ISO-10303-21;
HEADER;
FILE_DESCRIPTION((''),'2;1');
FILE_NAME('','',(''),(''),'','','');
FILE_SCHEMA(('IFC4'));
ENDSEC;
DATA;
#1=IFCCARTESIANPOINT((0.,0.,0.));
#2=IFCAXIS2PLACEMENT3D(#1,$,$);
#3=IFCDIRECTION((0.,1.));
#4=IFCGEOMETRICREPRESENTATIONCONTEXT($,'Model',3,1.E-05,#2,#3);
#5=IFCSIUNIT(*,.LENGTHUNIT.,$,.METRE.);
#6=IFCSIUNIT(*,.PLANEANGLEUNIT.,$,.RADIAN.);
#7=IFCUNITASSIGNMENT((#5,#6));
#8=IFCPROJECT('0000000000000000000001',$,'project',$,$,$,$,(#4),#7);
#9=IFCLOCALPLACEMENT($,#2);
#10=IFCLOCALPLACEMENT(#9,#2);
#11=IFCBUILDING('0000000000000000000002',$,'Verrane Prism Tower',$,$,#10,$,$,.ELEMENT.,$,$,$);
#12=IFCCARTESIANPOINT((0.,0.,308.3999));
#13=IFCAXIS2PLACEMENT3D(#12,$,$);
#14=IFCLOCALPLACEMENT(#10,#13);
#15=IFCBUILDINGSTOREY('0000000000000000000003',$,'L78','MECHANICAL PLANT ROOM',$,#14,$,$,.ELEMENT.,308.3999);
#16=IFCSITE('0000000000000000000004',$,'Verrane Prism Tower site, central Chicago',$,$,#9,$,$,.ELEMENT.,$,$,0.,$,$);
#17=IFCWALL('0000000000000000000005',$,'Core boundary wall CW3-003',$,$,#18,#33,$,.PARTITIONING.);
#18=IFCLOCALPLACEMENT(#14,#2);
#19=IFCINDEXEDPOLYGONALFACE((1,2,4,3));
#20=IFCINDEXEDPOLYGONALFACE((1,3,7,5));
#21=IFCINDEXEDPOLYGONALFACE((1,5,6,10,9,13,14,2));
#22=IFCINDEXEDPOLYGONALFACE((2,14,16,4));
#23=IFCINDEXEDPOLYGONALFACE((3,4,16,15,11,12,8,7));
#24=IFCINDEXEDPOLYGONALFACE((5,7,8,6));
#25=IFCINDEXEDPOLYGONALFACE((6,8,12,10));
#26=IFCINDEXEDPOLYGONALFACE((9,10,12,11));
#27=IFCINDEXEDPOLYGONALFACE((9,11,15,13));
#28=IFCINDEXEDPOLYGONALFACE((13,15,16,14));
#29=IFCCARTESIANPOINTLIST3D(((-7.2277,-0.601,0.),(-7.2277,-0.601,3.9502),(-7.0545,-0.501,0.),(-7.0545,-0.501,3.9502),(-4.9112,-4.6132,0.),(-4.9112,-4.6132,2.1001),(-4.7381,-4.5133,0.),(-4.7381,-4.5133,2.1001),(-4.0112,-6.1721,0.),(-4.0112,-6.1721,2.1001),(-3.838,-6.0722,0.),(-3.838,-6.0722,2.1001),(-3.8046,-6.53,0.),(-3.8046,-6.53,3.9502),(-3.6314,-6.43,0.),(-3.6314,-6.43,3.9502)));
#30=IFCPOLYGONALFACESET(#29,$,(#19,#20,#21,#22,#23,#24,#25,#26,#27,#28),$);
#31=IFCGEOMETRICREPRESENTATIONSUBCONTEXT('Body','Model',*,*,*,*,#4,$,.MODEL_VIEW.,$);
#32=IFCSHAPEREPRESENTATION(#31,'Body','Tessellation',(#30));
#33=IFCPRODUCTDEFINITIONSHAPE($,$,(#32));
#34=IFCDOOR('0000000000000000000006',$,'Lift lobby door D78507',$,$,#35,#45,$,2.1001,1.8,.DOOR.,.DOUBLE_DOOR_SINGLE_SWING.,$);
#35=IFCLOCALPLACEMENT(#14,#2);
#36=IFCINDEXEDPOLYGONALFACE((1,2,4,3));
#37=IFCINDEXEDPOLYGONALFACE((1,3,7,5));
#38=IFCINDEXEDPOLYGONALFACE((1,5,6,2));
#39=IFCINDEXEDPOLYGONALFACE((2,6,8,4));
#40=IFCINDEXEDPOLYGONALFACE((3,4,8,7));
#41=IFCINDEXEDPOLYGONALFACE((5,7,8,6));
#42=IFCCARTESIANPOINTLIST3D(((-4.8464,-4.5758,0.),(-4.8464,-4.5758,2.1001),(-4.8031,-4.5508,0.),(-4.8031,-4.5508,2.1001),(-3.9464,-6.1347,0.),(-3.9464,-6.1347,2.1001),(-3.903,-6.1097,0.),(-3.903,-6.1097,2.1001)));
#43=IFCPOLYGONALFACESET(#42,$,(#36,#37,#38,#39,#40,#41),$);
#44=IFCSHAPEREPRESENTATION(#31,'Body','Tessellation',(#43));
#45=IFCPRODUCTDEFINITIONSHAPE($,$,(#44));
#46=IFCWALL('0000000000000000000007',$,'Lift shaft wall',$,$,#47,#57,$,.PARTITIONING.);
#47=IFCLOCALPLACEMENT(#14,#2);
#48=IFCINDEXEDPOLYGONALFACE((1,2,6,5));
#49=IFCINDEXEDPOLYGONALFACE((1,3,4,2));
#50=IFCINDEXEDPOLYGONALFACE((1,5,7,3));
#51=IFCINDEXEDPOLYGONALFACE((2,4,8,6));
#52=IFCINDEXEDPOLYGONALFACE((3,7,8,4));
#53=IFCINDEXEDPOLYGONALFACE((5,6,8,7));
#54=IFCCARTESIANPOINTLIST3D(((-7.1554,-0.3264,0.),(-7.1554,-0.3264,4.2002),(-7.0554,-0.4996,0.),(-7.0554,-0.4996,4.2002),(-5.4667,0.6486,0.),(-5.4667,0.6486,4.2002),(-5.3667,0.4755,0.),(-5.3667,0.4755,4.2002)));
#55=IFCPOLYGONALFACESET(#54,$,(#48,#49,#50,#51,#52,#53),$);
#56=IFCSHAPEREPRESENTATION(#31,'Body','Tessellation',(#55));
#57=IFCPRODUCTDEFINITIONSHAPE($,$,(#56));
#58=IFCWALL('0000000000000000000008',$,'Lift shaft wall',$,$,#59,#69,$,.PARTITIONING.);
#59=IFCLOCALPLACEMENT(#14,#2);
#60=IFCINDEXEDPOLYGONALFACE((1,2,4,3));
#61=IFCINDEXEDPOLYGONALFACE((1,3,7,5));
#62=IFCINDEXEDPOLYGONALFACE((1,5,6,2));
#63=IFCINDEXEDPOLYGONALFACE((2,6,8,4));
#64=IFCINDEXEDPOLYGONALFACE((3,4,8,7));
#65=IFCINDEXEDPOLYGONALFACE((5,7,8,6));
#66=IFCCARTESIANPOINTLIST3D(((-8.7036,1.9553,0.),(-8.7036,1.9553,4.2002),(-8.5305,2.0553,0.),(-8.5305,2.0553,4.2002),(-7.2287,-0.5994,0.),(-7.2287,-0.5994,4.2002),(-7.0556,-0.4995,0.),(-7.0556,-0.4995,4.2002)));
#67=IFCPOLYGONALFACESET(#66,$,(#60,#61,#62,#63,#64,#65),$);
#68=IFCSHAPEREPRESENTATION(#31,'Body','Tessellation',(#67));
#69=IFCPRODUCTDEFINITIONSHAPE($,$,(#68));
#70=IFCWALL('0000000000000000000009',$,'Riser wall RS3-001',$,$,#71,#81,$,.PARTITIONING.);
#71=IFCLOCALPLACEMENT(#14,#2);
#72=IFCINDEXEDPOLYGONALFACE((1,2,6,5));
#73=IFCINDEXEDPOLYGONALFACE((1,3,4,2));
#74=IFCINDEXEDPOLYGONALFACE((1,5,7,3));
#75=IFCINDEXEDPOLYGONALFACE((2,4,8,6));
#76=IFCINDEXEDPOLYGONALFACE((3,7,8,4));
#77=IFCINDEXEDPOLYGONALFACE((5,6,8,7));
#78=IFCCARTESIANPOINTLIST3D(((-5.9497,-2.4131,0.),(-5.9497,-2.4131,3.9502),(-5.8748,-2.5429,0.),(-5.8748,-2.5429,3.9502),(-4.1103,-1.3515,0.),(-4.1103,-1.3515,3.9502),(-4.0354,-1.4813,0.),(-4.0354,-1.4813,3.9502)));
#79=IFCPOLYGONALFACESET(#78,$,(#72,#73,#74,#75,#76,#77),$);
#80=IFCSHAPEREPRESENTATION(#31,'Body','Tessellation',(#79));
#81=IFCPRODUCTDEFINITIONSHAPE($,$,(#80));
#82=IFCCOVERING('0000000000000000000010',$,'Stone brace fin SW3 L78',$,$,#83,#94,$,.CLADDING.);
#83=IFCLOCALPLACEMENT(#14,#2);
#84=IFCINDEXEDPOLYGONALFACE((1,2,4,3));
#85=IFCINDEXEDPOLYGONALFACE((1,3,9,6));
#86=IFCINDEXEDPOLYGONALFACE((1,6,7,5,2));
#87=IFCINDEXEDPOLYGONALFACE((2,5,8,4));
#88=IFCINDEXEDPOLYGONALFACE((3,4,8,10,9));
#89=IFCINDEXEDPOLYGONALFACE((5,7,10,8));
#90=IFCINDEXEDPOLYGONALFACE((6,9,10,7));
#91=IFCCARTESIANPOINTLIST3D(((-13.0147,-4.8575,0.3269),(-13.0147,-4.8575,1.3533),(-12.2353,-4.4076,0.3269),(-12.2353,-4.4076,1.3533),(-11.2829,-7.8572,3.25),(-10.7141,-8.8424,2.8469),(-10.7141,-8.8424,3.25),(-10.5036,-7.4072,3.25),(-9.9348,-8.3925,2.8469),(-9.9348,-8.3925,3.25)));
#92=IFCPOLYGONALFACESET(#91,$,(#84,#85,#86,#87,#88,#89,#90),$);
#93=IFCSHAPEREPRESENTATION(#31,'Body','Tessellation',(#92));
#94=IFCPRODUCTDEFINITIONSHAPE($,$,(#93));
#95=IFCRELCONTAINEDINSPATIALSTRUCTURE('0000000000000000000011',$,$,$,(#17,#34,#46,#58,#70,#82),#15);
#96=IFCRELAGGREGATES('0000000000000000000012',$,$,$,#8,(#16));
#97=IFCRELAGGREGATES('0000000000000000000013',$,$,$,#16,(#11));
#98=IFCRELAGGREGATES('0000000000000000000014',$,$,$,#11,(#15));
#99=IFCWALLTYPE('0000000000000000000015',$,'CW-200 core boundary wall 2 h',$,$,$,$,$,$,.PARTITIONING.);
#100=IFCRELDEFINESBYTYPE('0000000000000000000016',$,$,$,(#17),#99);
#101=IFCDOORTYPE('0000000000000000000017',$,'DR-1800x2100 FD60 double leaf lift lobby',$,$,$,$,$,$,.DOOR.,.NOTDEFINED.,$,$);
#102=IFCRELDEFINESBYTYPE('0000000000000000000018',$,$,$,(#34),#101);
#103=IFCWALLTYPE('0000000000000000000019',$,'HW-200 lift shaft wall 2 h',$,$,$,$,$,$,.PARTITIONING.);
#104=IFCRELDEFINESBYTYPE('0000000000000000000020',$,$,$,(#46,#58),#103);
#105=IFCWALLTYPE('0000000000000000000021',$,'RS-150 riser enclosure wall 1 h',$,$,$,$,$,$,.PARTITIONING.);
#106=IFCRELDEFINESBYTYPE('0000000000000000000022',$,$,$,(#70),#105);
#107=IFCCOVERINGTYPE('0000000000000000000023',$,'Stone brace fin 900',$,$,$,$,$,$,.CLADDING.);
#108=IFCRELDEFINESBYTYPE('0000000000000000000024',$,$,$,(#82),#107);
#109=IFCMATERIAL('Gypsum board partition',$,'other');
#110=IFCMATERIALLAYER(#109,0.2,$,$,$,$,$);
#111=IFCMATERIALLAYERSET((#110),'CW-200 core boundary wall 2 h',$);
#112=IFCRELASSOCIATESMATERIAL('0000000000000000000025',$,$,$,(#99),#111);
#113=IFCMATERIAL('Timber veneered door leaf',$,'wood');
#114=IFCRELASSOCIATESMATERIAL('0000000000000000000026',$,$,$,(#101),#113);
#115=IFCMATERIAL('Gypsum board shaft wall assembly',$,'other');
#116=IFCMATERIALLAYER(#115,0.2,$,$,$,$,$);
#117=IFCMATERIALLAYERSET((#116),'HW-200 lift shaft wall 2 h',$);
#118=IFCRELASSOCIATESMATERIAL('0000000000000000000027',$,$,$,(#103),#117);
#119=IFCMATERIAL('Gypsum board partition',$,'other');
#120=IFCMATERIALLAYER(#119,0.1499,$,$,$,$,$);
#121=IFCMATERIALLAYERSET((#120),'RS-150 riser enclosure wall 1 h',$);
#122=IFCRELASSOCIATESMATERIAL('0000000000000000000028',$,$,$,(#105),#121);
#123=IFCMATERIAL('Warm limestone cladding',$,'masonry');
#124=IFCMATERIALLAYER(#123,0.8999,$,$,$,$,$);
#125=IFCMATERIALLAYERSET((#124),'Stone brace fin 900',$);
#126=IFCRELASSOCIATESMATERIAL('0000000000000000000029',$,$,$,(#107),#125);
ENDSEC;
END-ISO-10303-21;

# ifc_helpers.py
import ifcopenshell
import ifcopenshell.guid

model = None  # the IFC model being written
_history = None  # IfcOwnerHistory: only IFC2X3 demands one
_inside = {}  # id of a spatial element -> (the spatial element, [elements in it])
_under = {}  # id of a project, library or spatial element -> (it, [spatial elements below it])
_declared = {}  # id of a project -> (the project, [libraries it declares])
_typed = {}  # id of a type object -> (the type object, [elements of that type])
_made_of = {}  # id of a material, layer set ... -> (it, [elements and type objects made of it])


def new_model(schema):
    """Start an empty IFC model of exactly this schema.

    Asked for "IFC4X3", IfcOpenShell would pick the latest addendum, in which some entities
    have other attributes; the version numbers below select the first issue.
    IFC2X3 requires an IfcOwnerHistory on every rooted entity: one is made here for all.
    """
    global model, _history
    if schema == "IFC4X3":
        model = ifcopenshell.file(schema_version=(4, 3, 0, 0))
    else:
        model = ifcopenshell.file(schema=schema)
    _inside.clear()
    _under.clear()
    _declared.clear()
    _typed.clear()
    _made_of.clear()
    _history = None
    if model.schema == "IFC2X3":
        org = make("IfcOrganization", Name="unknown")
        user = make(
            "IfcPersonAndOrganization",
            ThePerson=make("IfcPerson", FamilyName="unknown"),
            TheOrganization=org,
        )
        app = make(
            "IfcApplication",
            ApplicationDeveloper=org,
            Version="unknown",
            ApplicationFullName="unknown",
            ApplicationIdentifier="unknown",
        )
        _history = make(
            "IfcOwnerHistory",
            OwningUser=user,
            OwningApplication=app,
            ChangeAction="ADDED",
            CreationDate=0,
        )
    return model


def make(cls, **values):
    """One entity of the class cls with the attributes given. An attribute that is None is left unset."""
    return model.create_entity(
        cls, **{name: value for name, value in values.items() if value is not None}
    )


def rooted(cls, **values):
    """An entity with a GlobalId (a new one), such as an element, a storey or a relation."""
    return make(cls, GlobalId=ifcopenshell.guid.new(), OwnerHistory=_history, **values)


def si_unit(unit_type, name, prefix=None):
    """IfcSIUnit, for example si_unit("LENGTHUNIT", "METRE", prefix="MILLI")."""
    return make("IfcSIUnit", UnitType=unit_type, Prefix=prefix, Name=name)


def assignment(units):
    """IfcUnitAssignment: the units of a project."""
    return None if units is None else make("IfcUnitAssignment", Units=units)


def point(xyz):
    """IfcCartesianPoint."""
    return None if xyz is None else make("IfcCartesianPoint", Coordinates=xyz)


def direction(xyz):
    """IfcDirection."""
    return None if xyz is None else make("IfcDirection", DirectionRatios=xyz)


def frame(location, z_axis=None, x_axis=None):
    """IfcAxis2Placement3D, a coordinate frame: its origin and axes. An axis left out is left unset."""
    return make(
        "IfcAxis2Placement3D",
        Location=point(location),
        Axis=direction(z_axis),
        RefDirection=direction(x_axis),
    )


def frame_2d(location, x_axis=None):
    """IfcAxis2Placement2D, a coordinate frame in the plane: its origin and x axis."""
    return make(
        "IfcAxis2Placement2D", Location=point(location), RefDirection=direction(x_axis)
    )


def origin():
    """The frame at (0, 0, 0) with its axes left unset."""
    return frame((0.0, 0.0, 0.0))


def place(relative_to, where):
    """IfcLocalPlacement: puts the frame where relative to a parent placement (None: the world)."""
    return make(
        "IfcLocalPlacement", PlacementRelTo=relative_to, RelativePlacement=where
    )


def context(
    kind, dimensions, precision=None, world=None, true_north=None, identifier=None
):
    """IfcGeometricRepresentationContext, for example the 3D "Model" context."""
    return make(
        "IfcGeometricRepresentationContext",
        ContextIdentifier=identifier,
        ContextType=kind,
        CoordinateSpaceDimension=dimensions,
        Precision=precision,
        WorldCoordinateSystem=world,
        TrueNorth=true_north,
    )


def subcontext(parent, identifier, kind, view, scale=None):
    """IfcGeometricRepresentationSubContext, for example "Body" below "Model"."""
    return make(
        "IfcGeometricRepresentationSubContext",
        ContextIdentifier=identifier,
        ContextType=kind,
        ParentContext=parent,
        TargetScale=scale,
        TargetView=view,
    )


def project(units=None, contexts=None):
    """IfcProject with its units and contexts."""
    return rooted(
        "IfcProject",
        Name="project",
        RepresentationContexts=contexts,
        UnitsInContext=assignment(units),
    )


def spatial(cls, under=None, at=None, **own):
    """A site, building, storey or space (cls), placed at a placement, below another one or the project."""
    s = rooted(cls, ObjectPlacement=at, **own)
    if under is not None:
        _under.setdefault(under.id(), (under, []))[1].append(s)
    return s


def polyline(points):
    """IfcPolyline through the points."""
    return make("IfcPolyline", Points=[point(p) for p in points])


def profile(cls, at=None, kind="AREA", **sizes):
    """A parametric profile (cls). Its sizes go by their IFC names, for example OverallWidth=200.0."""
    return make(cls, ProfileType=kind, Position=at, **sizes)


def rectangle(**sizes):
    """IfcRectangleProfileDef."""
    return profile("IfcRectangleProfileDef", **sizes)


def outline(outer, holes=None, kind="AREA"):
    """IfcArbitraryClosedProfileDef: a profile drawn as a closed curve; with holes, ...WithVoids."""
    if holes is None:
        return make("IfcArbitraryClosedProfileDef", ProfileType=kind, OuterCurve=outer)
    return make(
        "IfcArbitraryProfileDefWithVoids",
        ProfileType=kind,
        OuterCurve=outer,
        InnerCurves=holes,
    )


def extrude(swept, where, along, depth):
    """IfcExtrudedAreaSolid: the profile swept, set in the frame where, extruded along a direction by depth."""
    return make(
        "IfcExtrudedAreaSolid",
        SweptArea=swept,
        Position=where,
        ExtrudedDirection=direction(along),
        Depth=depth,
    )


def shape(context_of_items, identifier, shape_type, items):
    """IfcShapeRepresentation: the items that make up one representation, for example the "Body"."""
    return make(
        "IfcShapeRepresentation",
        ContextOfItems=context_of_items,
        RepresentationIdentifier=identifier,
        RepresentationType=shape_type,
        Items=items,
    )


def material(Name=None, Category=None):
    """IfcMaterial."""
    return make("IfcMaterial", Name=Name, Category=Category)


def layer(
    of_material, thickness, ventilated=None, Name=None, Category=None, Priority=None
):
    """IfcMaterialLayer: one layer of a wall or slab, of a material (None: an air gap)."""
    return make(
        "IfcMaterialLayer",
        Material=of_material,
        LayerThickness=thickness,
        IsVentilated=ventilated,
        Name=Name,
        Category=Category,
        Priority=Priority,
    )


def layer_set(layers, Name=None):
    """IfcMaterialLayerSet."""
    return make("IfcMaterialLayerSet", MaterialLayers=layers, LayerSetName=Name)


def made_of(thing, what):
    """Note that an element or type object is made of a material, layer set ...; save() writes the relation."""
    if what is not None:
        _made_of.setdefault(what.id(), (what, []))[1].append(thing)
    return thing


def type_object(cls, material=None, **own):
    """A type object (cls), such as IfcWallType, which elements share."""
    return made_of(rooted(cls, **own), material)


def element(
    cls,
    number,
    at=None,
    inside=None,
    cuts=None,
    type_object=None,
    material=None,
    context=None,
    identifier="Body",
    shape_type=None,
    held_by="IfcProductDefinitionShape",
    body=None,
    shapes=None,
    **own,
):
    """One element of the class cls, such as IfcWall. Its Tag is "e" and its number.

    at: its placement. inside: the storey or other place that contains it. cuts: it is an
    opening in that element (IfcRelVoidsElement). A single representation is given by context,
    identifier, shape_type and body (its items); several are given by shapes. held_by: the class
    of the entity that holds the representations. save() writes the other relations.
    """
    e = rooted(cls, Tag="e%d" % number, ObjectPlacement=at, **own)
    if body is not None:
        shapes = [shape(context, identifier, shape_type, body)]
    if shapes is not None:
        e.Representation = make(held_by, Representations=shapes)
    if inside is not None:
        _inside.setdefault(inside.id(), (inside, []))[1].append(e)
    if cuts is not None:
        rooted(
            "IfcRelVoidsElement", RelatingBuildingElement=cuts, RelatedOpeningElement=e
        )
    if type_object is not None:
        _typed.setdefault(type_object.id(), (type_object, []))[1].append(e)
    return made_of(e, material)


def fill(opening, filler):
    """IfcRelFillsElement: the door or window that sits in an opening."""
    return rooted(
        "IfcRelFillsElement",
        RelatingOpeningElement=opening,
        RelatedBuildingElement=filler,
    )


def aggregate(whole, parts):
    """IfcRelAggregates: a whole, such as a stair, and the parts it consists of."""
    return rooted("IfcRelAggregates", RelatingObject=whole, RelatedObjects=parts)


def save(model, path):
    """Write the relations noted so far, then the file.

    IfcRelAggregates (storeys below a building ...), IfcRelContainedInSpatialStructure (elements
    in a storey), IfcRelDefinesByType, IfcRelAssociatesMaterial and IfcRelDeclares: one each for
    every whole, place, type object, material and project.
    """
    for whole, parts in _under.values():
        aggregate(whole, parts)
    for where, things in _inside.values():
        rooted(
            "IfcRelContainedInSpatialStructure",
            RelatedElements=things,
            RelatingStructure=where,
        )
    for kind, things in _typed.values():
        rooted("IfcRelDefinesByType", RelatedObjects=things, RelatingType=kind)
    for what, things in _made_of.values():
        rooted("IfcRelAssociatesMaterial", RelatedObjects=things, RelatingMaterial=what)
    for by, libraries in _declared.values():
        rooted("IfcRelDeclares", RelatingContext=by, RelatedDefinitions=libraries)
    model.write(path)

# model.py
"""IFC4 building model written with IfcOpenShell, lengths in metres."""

from ifc_helpers import new_model, si_unit, direction, frame, frame_2d, origin, place, context, subcontext, project, spatial, polyline, rectangle, outline, extrude, material, layer, layer_set, type_object, element, fill, save


model = new_model("IFC4")

# Units and contexts
model_context = context("Model", 3, precision=1e-05, world=origin(), true_north=direction((0.0, 1.0)))
body_context = subcontext(model_context, "Body", "Model", "MODEL_VIEW")
ifc_project = project(units=[si_unit("LENGTHUNIT", "METRE"), si_unit("PLANEANGLEUNIT", "RADIAN")], contexts=[model_context])

# Site, building, storey
site_placement = place(None, origin())
site = spatial("IfcSite", under=ifc_project, at=site_placement, Name="Verrane Prism Tower site, central Chicago", CompositionType="ELEMENT", RefElevation=0.0)
building_placement = place(site_placement, origin())
building = spatial("IfcBuilding", under=site, at=building_placement, Name="Verrane Prism Tower", CompositionType="ELEMENT")
storey_placement = place(building_placement, frame((0.0, 0.0, 308.3999)))
storey = spatial("IfcBuildingStorey", under=building, at=storey_placement, Name="L78", Description="MECHANICAL PLANT ROOM", CompositionType="ELEMENT", Elevation=308.3999)

# Wall, opening, door
ifc_material_1 = material(Name="Gypsum board partition", Category="other")
ifc_layer_1 = layer(ifc_material_1, 0.2)
ifc_layer_set_1 = layer_set([ifc_layer_1], Name="CW-200 core boundary wall 2 h")
wall_type_1 = type_object("IfcWallType", Name="CW-200 core boundary wall 2 h", PredefinedType="PARTITIONING", material=ifc_layer_set_1)
wall_1_placement = place(storey_placement, frame((-7.1411, -0.551, 0.0), z_axis=(0.0, 0.0, 1.0), x_axis=(0.500001, -0.866025, 0.0)))
wall_1 = element("IfcWall", 1, at=wall_1_placement, inside=storey, type_object=wall_type_1, Name="Core boundary wall CW3-003", PredefinedType="PARTITIONING", context=body_context, shape_type="SweptSolid", body=[
    extrude(rectangle(XDim=6.8462, YDim=0.2, at=frame_2d((3.4231, 0.0))), origin(), (0.0, 0.0, 1.0), 3.9502),
])
opening_placement = place(wall_1_placement, frame((4.6331, 0.0, 0.0)))
opening = element("IfcOpeningElement", 2, at=opening_placement, cuts=wall_1, PredefinedType="OPENING", context=body_context, shape_type="SweptSolid", body=[
    extrude(rectangle(XDim=1.8, YDim=2.1001, at=frame_2d((0.8999, 1.05))), frame((0.0, 0.1099, 0.0), z_axis=(0.0, -1.0, 0.0), x_axis=(1.0, 0.0, 0.0)), (0.0, 0.0, 1.0), 0.22),
])
ifc_material_2 = material(Name="Timber veneered door leaf", Category="wood")
door_type = type_object("IfcDoorType", Name="DR-1800x2100 FD60 double leaf lift lobby", OperationType="NOTDEFINED", PredefinedType="DOOR", material=ifc_material_2)
door_placement = place(opening_placement, origin())
door = element("IfcDoor", 3, at=door_placement, inside=storey, type_object=door_type, Name="Lift lobby door D78507", OperationType="DOUBLE_DOOR_SINGLE_SWING", OverallHeight=2.1001, OverallWidth=1.8, PredefinedType="DOOR", context=body_context, shape_type="SweptSolid", body=[
    extrude(rectangle(XDim=1.8, YDim=2.1001, at=frame_2d((0.8999, 1.05))), frame((0.0, 0.0249, 0.0), z_axis=(0.0, -1.0, 0.0), x_axis=(1.0, 0.0, 0.0)), (0.0, 0.0, 1.0), 0.05),
])
fill(opening, door)

# Walls
ifc_material_3 = material(Name="Gypsum board shaft wall assembly", Category="other")
ifc_layer_2 = layer(ifc_material_3, 0.2)
ifc_layer_set_2 = layer_set([ifc_layer_2], Name="HW-200 lift shaft wall 2 h")
wall_type_2 = type_object("IfcWallType", Name="HW-200 lift shaft wall 2 h", PredefinedType="PARTITIONING", material=ifc_layer_set_2)
wall_2_placement = place(storey_placement, frame((-7.1055, -0.4131, 0.0), z_axis=(0.0, 0.0, 1.0), x_axis=(0.866, 0.500044, 0.0)))
element("IfcWall", 4, at=wall_2_placement, inside=storey, type_object=wall_type_2, Name="Lift shaft wall", PredefinedType="PARTITIONING", context=body_context, shape_type="SweptSolid", body=[
    extrude(rectangle(XDim=1.95, YDim=0.2, at=frame_2d((0.9751, 0.0))), origin(), (0.0, 0.0, 1.0), 4.2002),
])
wall_3_placement = place(storey_placement, frame((-7.1421, -0.5496, 0.0), z_axis=(0.0, 0.0, 1.0), x_axis=(-0.499976, 0.866039, 0.0)))
element("IfcWall", 5, at=wall_3_placement, inside=storey, type_object=wall_type_2, Name="Lift shaft wall", PredefinedType="PARTITIONING", context=body_context, shape_type="SweptSolid", body=[
    extrude(rectangle(XDim=2.95, YDim=0.2, at=frame_2d((1.4751, 0.0))), origin(), (0.0, 0.0, 1.0), 4.2002),
])
ifc_material_4 = material(Name="Gypsum board partition", Category="other")
ifc_layer_3 = layer(ifc_material_4, 0.1499)
ifc_layer_set_3 = layer_set([ifc_layer_3], Name="RS-150 riser enclosure wall 1 h")
wall_type_3 = type_object("IfcWallType", Name="RS-150 riser enclosure wall 1 h", PredefinedType="PARTITIONING", material=ifc_layer_set_3)
wall_4_placement = place(storey_placement, frame((-5.9124, -2.478, 0.0), z_axis=(0.0, 0.0, 1.0), x_axis=(0.866113, 0.499849, 0.0)))
element("IfcWall", 6, at=wall_4_placement, inside=storey, type_object=wall_type_3, Name="Riser wall RS3-001", PredefinedType="PARTITIONING", context=body_context, shape_type="SweptSolid", body=[
    extrude(rectangle(XDim=2.1238, YDim=0.1499, at=frame_2d((1.062, 0.0))), origin(), (0.0, 0.0, 1.0), 3.9502),
])

# Covering
ifc_material_5 = material(Name="Warm limestone cladding", Category="masonry")
ifc_layer_4 = layer(ifc_material_5, 0.8999)
ifc_layer_set_4 = layer_set([ifc_layer_4], Name="Stone brace fin 900")
covering_type = type_object("IfcCoveringType", Name="Stone brace fin 900", PredefinedType="CLADDING", material=ifc_layer_set_4)
covering_placement = place(storey_placement, frame((-12.625, -4.6326, 0.3269), z_axis=(0.0, 0.0, 1.0), x_axis=(0.49998, -0.866037, 0.0)))
element("IfcCovering", 7, at=covering_placement, inside=storey, type_object=covering_type, Name="Stone brace fin SW3 L78", PredefinedType="CLADDING", context=body_context, shape_type="SweptSolid", body=[
    extrude(outline(polyline([(4.6013, 2.9231), (3.4636, 2.9231), (0.0, 1.0264), (0.0, 0.0), (4.6013, 2.52), (4.6013, 2.9231)])), frame((0.0, 0.45, 0.0), z_axis=(0.0, -1.0, 0.0), x_axis=(1.0, 0.0, 0.0)), (0.0, 0.0, 1.0), 0.8999),
])

save(model, "model.ifc")
